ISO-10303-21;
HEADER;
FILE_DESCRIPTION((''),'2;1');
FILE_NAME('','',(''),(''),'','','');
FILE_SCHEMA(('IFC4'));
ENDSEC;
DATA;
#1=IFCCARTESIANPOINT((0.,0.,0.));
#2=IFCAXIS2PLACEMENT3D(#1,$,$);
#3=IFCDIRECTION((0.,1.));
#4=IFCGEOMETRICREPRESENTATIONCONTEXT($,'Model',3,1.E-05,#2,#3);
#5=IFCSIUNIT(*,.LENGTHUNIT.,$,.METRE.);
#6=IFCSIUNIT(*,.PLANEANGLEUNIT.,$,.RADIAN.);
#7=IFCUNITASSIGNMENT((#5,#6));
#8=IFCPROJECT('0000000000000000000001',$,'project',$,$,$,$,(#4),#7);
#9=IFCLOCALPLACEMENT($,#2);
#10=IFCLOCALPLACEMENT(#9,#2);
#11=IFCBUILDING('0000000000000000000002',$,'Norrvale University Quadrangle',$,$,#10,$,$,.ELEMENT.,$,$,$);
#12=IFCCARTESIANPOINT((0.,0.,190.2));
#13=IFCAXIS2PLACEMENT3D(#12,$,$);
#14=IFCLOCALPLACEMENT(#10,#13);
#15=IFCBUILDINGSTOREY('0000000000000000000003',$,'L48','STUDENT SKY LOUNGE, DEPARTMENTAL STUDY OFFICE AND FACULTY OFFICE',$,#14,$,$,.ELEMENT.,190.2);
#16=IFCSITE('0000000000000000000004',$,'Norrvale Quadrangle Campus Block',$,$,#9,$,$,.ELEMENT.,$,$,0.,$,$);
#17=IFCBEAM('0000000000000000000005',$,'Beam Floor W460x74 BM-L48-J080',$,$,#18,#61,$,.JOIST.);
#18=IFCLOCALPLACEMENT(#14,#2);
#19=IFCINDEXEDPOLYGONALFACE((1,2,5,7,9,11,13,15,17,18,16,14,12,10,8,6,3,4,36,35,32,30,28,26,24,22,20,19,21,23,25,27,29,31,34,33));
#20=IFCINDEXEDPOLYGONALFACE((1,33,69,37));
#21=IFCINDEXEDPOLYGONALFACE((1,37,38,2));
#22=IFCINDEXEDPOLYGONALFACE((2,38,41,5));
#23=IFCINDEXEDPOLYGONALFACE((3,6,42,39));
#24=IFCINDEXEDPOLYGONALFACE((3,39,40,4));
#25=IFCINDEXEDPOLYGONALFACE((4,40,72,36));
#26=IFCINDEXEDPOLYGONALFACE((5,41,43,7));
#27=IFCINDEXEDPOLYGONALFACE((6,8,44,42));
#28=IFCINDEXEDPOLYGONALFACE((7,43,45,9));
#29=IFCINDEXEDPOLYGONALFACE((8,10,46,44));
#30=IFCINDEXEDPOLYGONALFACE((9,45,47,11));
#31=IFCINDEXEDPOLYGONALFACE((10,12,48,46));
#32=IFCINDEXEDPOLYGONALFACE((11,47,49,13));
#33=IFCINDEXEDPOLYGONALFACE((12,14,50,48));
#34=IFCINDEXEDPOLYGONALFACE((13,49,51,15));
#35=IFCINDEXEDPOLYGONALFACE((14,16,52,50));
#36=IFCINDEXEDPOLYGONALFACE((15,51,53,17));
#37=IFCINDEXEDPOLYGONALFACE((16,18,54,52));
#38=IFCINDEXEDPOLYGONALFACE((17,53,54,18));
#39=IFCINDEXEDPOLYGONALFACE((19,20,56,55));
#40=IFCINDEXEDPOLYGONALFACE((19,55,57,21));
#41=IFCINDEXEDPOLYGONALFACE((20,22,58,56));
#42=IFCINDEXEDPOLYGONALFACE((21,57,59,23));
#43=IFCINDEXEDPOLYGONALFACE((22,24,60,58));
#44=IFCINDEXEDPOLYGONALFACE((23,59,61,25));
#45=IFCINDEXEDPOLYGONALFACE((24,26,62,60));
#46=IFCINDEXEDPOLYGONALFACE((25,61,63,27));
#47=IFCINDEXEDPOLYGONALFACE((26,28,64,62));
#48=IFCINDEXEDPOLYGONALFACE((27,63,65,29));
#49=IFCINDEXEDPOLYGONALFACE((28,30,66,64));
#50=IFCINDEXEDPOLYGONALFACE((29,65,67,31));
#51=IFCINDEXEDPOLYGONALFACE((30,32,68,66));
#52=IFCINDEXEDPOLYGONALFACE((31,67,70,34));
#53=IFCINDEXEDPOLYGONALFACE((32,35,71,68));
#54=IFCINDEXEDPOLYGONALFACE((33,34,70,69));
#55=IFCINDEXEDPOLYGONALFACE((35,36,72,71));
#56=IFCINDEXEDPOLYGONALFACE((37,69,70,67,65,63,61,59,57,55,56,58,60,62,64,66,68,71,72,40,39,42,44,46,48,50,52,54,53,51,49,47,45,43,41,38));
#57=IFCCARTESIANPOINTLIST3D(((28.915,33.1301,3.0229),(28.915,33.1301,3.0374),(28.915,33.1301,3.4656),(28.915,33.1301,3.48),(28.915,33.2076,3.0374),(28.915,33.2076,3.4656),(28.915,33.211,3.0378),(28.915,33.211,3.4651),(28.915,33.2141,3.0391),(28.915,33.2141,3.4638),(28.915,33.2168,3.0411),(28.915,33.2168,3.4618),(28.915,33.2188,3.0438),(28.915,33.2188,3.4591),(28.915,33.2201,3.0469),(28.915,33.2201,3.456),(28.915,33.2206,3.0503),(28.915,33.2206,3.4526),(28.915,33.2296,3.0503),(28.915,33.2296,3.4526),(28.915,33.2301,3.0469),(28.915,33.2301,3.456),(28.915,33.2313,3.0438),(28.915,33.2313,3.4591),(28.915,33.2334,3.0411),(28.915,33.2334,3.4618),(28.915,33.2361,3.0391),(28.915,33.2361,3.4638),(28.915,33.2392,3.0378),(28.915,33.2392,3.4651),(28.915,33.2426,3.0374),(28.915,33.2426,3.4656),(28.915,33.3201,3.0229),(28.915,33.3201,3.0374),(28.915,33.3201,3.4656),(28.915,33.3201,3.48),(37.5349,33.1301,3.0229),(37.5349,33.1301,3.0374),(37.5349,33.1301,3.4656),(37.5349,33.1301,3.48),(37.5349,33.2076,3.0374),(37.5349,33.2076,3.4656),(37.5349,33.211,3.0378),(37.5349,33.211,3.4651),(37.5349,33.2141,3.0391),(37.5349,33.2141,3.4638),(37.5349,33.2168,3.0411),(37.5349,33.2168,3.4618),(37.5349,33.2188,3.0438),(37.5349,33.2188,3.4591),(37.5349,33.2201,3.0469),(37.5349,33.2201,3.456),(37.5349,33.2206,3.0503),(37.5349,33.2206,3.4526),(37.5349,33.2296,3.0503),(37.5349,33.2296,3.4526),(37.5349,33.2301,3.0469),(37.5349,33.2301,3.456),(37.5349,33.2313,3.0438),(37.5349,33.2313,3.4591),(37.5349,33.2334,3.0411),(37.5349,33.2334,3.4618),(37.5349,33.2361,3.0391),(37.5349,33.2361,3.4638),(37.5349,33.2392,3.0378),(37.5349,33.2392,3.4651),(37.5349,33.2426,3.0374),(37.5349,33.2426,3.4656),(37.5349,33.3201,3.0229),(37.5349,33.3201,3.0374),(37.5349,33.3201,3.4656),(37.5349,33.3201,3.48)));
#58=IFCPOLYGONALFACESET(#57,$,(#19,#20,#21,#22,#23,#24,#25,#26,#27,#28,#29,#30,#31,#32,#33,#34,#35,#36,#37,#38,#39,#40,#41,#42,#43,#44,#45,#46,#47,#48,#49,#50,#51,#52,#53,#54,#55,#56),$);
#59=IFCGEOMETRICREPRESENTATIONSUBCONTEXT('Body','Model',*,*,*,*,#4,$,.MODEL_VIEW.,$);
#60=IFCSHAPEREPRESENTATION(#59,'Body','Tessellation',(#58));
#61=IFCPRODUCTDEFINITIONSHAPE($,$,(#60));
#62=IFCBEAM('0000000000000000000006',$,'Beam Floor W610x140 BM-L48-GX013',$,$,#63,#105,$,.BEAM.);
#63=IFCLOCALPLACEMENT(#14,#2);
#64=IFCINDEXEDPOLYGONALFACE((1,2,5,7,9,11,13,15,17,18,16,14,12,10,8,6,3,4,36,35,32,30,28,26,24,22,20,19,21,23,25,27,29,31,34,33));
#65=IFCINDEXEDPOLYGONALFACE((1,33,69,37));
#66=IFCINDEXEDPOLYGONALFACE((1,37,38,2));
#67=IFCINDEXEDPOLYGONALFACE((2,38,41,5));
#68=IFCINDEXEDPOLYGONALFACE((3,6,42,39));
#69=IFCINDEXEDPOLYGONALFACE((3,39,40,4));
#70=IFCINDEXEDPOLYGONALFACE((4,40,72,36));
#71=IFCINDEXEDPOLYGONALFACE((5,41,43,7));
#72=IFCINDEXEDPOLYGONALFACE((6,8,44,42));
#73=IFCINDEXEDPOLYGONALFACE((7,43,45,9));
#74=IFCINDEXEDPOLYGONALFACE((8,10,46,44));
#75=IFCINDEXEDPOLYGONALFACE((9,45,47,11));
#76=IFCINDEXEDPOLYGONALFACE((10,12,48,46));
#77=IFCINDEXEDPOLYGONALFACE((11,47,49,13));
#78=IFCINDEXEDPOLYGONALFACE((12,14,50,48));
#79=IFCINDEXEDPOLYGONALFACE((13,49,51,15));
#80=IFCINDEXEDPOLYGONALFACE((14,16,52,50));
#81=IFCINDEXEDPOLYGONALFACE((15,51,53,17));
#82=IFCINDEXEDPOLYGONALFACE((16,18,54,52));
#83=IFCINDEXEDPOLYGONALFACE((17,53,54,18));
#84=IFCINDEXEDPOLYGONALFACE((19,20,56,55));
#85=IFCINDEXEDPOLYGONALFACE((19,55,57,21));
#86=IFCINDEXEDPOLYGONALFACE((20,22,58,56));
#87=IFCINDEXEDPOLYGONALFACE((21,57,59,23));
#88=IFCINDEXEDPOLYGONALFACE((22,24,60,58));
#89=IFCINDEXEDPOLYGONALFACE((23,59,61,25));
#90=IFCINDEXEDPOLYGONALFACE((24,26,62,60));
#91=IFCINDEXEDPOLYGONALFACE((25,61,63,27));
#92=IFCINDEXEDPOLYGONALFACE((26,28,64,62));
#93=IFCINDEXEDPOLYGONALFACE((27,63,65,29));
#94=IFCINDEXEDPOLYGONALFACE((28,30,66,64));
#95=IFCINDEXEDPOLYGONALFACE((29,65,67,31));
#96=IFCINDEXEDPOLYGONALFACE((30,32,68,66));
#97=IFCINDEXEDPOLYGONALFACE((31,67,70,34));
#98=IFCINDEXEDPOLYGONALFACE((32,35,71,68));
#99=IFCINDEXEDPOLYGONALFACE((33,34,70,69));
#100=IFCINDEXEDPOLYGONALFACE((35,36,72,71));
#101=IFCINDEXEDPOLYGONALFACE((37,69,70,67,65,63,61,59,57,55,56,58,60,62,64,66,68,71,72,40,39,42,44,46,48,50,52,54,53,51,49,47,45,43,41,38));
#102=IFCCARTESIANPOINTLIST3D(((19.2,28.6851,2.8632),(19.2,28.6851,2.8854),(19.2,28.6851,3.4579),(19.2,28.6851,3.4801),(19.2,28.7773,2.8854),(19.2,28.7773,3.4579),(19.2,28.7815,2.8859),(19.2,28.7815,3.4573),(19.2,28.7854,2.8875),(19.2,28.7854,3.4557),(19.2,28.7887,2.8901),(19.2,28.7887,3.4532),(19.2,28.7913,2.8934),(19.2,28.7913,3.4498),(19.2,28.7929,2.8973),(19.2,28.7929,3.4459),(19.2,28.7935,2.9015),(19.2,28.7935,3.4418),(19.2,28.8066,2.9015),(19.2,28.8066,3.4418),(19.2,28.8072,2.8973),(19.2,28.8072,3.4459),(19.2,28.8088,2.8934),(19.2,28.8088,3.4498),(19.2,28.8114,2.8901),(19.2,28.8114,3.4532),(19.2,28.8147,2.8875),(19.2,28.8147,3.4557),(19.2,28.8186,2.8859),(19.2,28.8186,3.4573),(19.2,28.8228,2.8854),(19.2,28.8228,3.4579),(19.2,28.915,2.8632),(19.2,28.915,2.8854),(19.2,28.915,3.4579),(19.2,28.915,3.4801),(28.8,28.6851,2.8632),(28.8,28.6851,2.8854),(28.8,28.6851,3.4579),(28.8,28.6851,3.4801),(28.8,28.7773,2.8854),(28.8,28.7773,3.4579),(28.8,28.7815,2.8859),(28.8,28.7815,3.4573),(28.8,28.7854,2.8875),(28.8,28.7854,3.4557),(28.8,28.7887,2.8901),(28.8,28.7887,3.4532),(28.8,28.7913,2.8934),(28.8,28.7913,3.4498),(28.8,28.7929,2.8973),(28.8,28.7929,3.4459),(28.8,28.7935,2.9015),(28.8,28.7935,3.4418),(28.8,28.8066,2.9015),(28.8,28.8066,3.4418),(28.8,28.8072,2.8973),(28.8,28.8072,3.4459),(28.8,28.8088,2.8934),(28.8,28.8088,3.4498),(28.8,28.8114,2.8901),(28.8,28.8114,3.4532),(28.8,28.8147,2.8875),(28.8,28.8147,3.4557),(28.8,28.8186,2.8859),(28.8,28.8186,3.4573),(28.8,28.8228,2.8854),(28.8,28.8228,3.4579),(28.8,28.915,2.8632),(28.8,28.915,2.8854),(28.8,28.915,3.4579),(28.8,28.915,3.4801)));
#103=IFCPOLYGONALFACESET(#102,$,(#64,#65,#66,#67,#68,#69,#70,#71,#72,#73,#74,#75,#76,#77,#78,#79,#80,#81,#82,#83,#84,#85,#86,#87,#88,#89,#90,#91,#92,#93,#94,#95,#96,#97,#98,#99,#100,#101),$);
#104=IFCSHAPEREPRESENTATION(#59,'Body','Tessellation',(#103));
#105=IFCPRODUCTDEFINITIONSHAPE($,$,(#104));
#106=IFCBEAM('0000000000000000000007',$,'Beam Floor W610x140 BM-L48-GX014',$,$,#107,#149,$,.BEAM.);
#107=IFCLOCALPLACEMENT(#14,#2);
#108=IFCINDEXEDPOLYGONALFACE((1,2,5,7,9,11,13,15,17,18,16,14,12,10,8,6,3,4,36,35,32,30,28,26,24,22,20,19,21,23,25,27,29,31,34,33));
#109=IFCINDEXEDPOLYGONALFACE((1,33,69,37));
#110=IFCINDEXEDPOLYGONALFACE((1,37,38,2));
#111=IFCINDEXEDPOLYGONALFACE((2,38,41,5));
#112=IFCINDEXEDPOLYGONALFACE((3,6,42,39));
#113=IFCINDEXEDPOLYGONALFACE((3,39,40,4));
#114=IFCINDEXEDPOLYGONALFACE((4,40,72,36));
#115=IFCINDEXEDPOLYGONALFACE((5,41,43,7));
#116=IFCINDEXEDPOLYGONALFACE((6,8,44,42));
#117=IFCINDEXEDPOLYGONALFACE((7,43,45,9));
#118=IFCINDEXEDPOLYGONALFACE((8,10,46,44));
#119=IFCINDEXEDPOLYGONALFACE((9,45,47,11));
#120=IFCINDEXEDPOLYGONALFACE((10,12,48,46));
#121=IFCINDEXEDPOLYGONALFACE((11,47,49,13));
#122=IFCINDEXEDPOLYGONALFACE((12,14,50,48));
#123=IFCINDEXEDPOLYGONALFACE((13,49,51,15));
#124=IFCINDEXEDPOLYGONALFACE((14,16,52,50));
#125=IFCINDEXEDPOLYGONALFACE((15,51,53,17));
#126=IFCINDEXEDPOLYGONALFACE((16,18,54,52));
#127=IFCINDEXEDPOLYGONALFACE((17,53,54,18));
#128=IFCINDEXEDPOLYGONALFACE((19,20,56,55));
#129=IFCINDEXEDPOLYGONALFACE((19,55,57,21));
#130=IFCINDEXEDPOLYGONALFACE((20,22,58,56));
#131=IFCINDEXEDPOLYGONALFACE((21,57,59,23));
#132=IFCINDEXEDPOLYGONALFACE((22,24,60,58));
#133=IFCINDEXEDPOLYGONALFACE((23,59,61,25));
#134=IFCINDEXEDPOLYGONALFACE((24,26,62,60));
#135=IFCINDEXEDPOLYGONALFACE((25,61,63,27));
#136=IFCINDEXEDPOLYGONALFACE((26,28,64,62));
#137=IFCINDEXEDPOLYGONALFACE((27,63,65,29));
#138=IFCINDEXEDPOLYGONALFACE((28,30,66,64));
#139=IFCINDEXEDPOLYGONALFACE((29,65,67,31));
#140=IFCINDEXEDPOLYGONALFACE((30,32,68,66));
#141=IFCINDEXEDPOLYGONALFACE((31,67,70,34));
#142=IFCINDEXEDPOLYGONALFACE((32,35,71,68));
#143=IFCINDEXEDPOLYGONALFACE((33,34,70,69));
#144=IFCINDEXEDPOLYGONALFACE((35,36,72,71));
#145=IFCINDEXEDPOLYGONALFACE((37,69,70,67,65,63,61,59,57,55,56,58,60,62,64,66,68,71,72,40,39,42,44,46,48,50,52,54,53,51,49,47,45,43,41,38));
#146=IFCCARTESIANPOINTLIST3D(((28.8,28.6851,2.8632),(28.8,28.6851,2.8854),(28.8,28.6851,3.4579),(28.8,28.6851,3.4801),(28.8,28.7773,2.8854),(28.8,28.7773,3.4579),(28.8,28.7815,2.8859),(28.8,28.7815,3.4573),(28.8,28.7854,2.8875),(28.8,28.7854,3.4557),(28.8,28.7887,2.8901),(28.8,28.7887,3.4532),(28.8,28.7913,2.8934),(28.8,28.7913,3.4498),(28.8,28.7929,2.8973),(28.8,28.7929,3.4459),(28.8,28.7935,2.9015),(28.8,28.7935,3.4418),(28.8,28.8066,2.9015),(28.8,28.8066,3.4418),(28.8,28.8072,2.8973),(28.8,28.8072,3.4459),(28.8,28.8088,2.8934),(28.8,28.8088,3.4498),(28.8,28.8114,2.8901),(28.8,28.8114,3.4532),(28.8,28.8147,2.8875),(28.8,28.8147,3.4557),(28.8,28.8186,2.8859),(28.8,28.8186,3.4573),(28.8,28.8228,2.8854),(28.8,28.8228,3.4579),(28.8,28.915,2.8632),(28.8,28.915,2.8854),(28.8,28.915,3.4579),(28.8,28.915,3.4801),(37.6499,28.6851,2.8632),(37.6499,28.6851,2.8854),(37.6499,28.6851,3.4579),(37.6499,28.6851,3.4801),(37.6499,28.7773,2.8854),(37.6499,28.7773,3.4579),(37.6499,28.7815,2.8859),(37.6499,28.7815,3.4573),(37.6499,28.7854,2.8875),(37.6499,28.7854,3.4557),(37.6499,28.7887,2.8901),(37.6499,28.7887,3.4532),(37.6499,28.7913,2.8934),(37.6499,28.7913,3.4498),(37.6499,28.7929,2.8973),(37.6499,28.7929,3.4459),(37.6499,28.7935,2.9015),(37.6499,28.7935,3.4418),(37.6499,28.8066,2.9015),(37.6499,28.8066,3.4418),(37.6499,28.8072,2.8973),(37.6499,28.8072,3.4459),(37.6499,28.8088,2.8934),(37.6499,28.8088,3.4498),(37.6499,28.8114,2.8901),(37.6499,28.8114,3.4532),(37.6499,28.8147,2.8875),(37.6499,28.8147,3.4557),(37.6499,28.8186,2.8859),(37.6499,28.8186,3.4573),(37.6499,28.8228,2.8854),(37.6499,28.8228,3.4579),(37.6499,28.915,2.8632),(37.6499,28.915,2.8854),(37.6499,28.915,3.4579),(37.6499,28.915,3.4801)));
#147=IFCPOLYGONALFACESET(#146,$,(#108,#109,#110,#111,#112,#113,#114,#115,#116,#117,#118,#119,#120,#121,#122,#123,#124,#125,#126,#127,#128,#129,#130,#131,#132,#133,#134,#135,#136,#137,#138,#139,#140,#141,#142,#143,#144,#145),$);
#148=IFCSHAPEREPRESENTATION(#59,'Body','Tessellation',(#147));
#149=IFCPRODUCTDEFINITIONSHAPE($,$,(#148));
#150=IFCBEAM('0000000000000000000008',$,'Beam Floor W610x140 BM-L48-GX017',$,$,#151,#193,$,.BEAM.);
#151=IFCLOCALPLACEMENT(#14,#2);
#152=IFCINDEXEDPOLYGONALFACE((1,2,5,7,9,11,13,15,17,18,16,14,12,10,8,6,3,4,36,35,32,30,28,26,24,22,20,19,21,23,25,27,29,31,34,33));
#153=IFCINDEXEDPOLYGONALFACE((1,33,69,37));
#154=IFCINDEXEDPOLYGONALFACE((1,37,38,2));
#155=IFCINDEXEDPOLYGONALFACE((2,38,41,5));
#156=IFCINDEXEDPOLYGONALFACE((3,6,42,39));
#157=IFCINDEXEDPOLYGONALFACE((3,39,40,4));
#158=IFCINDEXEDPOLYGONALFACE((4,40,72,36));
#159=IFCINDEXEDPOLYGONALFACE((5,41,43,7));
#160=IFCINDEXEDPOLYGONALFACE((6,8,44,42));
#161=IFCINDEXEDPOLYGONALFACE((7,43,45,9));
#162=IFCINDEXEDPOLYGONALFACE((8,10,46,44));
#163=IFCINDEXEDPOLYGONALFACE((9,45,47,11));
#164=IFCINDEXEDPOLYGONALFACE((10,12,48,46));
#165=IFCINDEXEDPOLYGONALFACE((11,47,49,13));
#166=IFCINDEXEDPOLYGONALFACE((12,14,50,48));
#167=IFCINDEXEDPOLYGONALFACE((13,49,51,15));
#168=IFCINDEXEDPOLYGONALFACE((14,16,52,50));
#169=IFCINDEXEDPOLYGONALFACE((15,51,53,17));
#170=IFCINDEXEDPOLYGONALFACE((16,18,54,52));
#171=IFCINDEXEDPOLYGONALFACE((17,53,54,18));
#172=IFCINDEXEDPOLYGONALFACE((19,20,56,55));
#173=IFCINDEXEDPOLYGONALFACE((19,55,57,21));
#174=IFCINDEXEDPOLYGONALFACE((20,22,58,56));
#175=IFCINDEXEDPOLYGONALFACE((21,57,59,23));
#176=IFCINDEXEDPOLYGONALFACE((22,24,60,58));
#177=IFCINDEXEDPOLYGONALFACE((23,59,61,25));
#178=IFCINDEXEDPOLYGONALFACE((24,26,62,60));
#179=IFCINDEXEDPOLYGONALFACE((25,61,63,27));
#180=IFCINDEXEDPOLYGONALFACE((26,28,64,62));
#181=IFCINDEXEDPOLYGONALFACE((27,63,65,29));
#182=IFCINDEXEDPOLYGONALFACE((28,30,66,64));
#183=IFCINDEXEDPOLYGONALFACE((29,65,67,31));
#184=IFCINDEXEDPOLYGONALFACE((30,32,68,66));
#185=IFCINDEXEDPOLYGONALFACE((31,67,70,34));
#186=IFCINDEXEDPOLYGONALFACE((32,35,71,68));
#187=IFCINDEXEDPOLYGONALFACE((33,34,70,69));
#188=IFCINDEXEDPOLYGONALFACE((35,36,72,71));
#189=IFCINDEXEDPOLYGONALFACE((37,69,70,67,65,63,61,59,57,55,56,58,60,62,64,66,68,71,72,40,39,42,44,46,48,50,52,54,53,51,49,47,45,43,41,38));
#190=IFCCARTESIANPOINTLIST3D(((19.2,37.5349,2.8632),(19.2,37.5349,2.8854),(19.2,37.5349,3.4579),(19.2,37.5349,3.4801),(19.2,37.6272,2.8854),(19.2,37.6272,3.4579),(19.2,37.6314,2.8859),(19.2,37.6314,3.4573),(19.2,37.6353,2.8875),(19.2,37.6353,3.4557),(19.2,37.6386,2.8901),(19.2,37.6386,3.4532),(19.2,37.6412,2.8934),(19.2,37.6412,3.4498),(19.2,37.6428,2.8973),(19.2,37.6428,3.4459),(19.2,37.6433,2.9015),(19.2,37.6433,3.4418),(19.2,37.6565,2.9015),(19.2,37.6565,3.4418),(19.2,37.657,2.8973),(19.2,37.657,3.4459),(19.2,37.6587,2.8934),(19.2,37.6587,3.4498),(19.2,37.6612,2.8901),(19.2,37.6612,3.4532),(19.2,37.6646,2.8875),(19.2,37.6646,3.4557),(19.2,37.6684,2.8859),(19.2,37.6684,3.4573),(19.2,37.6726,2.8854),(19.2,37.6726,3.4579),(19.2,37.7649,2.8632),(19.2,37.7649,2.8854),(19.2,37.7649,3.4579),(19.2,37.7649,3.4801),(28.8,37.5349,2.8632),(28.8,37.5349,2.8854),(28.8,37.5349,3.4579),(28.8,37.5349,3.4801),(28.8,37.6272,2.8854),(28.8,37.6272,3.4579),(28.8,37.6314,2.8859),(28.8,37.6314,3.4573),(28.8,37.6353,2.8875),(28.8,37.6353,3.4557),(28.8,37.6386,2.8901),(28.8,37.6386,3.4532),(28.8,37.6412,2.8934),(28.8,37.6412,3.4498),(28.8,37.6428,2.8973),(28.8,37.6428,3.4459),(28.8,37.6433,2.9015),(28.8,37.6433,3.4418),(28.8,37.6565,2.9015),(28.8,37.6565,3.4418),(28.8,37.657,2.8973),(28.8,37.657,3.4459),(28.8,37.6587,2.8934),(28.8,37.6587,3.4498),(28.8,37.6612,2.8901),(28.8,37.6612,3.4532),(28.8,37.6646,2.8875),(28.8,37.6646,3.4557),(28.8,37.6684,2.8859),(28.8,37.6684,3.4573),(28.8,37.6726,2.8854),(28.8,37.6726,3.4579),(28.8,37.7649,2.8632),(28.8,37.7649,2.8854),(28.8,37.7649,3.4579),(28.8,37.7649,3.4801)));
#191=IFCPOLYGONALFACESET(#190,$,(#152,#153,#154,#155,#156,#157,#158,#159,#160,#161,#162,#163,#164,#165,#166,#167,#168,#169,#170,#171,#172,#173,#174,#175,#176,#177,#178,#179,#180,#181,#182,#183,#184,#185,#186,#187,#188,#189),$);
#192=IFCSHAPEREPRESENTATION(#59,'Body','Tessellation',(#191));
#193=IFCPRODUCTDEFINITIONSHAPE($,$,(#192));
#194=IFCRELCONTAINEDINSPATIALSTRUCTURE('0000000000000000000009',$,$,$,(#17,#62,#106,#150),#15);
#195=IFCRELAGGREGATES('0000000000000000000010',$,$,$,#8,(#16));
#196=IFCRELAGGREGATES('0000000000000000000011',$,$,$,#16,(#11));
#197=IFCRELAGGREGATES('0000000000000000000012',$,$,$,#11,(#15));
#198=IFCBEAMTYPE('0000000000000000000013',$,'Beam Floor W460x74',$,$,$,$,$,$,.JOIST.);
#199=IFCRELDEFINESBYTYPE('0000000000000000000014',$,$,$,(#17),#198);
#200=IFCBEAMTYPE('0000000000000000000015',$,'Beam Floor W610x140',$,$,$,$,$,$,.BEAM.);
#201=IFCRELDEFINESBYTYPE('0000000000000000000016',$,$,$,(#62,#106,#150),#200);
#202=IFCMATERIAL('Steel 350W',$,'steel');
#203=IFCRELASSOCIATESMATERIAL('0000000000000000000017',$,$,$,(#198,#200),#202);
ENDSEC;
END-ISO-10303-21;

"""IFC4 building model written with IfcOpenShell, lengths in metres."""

from ifc_helpers import new_model, si_unit, direction, frame, origin, origin_2d, place, context, subcontext, project, spatial, i_section, extrude, material, material_profile, profile_set, type_object, element, save


model = new_model("IFC4")

# Units and contexts
model_context = context("Model", 3, precision=1e-05, world=origin(), true_north=direction((0.0, 1.0)))
body_context = subcontext(model_context, "Body", "Model", "MODEL_VIEW")
ifc_project = project(units=[si_unit("LENGTHUNIT", "METRE"), si_unit("PLANEANGLEUNIT", "RADIAN")], contexts=[model_context])

# Site, building, storey
site_placement = place(None, origin())
site = spatial("IfcSite", under=ifc_project, at=site_placement, Name="Norrvale Quadrangle Campus Block", CompositionType="ELEMENT", RefElevation=0.0)
building_placement = place(site_placement, origin())
building = spatial("IfcBuilding", under=site, at=building_placement, Name="Norrvale University Quadrangle", CompositionType="ELEMENT")
storey_placement = place(building_placement, frame((0.0, 0.0, 190.2)))
storey = spatial("IfcBuildingStorey", under=building, at=storey_placement, Name="L48", Description="STUDENT SKY LOUNGE, DEPARTMENTAL STUDY OFFICE AND FACULTY OFFICE", CompositionType="ELEMENT", Elevation=190.2)

# Beams
ifc_material_1 = material(Name="Steel 350W", Category="steel")
ifc_material_profile_1 = material_profile(ifc_material_1, i_section(OverallWidth=0.1899, OverallDepth=0.457, WebThickness=0.009, FlangeThickness=0.0144, FilletRadius=0.0129, at=origin_2d()), Name="Steel 350W")
ifc_profile_set_1 = profile_set([ifc_material_profile_1], Name="Steel 350W")
beam_type_1 = type_object("IfcBeamType", Name="Beam Floor W460x74", PredefinedType="JOIST", material=ifc_profile_set_1)
for number, where, z_axis, x_axis, name in (
    (1, (28.915, 33.2251, 3.2515), (1.0, 0.0, 0.0), (0.0, 1.0, 0.0), "Beam Floor W460x74 BM-L48-J080"),
):
    element("IfcBeam", number, at=place(storey_placement, frame(where, z_axis=z_axis, x_axis=x_axis)), inside=storey, type_object=beam_type_1, Name=name, PredefinedType="JOIST", context=body_context, shape_type="SweptSolid", body=[
        extrude(i_section(OverallWidth=0.1899, OverallDepth=0.457, WebThickness=0.009, FlangeThickness=0.0144, FilletRadius=0.0129, at=origin_2d()), origin(), (0.0, 0.0, 1.0), 8.6199),
    ])
ifc_material_profile_2 = material_profile(ifc_material_1, i_section(OverallWidth=0.23, OverallDepth=0.6169, WebThickness=0.0132, FlangeThickness=0.0222, FilletRadius=0.0161, at=origin_2d()), Name="Steel 350W")
ifc_profile_set_2 = profile_set([ifc_material_profile_2], Name="Steel 350W")
beam_type_2 = type_object("IfcBeamType", Name="Beam Floor W610x140", PredefinedType="BEAM", material=ifc_profile_set_2)
beam_1_placement = place(storey_placement, frame((19.2, 28.8, 3.1716), z_axis=(1.0, 0.0, 0.0), x_axis=(0.0, 1.0, 0.0)))
element("IfcBeam", 2, at=beam_1_placement, inside=storey, type_object=beam_type_2, Name="Beam Floor W610x140 BM-L48-GX013", PredefinedType="BEAM", context=body_context, shape_type="SweptSolid", body=[
    extrude(i_section(OverallWidth=0.23, OverallDepth=0.6169, WebThickness=0.0132, FlangeThickness=0.0222, FilletRadius=0.0161, at=origin_2d()), origin(), (0.0, 0.0, 1.0), 9.6001),
])
beam_2_placement = place(storey_placement, frame((28.8, 28.8, 3.1716), z_axis=(1.0, 0.0, 0.0), x_axis=(0.0, 1.0, 0.0)))
element("IfcBeam", 3, at=beam_2_placement, inside=storey, type_object=beam_type_2, Name="Beam Floor W610x140 BM-L48-GX014", PredefinedType="BEAM", context=body_context, shape_type="SweptSolid", body=[
    extrude(i_section(OverallWidth=0.23, OverallDepth=0.6169, WebThickness=0.0132, FlangeThickness=0.0222, FilletRadius=0.0161, at=origin_2d()), origin(), (0.0, 0.0, 1.0), 8.8499),
])
beam_3_placement = place(storey_placement, frame((19.2, 37.6499, 3.1716), z_axis=(1.0, 0.0, 0.0), x_axis=(0.0, 1.0, 0.0)))
element("IfcBeam", 4, at=beam_3_placement, inside=storey, type_object=beam_type_2, Name="Beam Floor W610x140 BM-L48-GX017", PredefinedType="BEAM", context=body_context, shape_type="SweptSolid", body=[
    extrude(i_section(OverallWidth=0.23, OverallDepth=0.6169, WebThickness=0.0132, FlangeThickness=0.0222, FilletRadius=0.0161, at=origin_2d()), origin(), (0.0, 0.0, 1.0), 9.6001),
])

save(model, "model.ifc")
